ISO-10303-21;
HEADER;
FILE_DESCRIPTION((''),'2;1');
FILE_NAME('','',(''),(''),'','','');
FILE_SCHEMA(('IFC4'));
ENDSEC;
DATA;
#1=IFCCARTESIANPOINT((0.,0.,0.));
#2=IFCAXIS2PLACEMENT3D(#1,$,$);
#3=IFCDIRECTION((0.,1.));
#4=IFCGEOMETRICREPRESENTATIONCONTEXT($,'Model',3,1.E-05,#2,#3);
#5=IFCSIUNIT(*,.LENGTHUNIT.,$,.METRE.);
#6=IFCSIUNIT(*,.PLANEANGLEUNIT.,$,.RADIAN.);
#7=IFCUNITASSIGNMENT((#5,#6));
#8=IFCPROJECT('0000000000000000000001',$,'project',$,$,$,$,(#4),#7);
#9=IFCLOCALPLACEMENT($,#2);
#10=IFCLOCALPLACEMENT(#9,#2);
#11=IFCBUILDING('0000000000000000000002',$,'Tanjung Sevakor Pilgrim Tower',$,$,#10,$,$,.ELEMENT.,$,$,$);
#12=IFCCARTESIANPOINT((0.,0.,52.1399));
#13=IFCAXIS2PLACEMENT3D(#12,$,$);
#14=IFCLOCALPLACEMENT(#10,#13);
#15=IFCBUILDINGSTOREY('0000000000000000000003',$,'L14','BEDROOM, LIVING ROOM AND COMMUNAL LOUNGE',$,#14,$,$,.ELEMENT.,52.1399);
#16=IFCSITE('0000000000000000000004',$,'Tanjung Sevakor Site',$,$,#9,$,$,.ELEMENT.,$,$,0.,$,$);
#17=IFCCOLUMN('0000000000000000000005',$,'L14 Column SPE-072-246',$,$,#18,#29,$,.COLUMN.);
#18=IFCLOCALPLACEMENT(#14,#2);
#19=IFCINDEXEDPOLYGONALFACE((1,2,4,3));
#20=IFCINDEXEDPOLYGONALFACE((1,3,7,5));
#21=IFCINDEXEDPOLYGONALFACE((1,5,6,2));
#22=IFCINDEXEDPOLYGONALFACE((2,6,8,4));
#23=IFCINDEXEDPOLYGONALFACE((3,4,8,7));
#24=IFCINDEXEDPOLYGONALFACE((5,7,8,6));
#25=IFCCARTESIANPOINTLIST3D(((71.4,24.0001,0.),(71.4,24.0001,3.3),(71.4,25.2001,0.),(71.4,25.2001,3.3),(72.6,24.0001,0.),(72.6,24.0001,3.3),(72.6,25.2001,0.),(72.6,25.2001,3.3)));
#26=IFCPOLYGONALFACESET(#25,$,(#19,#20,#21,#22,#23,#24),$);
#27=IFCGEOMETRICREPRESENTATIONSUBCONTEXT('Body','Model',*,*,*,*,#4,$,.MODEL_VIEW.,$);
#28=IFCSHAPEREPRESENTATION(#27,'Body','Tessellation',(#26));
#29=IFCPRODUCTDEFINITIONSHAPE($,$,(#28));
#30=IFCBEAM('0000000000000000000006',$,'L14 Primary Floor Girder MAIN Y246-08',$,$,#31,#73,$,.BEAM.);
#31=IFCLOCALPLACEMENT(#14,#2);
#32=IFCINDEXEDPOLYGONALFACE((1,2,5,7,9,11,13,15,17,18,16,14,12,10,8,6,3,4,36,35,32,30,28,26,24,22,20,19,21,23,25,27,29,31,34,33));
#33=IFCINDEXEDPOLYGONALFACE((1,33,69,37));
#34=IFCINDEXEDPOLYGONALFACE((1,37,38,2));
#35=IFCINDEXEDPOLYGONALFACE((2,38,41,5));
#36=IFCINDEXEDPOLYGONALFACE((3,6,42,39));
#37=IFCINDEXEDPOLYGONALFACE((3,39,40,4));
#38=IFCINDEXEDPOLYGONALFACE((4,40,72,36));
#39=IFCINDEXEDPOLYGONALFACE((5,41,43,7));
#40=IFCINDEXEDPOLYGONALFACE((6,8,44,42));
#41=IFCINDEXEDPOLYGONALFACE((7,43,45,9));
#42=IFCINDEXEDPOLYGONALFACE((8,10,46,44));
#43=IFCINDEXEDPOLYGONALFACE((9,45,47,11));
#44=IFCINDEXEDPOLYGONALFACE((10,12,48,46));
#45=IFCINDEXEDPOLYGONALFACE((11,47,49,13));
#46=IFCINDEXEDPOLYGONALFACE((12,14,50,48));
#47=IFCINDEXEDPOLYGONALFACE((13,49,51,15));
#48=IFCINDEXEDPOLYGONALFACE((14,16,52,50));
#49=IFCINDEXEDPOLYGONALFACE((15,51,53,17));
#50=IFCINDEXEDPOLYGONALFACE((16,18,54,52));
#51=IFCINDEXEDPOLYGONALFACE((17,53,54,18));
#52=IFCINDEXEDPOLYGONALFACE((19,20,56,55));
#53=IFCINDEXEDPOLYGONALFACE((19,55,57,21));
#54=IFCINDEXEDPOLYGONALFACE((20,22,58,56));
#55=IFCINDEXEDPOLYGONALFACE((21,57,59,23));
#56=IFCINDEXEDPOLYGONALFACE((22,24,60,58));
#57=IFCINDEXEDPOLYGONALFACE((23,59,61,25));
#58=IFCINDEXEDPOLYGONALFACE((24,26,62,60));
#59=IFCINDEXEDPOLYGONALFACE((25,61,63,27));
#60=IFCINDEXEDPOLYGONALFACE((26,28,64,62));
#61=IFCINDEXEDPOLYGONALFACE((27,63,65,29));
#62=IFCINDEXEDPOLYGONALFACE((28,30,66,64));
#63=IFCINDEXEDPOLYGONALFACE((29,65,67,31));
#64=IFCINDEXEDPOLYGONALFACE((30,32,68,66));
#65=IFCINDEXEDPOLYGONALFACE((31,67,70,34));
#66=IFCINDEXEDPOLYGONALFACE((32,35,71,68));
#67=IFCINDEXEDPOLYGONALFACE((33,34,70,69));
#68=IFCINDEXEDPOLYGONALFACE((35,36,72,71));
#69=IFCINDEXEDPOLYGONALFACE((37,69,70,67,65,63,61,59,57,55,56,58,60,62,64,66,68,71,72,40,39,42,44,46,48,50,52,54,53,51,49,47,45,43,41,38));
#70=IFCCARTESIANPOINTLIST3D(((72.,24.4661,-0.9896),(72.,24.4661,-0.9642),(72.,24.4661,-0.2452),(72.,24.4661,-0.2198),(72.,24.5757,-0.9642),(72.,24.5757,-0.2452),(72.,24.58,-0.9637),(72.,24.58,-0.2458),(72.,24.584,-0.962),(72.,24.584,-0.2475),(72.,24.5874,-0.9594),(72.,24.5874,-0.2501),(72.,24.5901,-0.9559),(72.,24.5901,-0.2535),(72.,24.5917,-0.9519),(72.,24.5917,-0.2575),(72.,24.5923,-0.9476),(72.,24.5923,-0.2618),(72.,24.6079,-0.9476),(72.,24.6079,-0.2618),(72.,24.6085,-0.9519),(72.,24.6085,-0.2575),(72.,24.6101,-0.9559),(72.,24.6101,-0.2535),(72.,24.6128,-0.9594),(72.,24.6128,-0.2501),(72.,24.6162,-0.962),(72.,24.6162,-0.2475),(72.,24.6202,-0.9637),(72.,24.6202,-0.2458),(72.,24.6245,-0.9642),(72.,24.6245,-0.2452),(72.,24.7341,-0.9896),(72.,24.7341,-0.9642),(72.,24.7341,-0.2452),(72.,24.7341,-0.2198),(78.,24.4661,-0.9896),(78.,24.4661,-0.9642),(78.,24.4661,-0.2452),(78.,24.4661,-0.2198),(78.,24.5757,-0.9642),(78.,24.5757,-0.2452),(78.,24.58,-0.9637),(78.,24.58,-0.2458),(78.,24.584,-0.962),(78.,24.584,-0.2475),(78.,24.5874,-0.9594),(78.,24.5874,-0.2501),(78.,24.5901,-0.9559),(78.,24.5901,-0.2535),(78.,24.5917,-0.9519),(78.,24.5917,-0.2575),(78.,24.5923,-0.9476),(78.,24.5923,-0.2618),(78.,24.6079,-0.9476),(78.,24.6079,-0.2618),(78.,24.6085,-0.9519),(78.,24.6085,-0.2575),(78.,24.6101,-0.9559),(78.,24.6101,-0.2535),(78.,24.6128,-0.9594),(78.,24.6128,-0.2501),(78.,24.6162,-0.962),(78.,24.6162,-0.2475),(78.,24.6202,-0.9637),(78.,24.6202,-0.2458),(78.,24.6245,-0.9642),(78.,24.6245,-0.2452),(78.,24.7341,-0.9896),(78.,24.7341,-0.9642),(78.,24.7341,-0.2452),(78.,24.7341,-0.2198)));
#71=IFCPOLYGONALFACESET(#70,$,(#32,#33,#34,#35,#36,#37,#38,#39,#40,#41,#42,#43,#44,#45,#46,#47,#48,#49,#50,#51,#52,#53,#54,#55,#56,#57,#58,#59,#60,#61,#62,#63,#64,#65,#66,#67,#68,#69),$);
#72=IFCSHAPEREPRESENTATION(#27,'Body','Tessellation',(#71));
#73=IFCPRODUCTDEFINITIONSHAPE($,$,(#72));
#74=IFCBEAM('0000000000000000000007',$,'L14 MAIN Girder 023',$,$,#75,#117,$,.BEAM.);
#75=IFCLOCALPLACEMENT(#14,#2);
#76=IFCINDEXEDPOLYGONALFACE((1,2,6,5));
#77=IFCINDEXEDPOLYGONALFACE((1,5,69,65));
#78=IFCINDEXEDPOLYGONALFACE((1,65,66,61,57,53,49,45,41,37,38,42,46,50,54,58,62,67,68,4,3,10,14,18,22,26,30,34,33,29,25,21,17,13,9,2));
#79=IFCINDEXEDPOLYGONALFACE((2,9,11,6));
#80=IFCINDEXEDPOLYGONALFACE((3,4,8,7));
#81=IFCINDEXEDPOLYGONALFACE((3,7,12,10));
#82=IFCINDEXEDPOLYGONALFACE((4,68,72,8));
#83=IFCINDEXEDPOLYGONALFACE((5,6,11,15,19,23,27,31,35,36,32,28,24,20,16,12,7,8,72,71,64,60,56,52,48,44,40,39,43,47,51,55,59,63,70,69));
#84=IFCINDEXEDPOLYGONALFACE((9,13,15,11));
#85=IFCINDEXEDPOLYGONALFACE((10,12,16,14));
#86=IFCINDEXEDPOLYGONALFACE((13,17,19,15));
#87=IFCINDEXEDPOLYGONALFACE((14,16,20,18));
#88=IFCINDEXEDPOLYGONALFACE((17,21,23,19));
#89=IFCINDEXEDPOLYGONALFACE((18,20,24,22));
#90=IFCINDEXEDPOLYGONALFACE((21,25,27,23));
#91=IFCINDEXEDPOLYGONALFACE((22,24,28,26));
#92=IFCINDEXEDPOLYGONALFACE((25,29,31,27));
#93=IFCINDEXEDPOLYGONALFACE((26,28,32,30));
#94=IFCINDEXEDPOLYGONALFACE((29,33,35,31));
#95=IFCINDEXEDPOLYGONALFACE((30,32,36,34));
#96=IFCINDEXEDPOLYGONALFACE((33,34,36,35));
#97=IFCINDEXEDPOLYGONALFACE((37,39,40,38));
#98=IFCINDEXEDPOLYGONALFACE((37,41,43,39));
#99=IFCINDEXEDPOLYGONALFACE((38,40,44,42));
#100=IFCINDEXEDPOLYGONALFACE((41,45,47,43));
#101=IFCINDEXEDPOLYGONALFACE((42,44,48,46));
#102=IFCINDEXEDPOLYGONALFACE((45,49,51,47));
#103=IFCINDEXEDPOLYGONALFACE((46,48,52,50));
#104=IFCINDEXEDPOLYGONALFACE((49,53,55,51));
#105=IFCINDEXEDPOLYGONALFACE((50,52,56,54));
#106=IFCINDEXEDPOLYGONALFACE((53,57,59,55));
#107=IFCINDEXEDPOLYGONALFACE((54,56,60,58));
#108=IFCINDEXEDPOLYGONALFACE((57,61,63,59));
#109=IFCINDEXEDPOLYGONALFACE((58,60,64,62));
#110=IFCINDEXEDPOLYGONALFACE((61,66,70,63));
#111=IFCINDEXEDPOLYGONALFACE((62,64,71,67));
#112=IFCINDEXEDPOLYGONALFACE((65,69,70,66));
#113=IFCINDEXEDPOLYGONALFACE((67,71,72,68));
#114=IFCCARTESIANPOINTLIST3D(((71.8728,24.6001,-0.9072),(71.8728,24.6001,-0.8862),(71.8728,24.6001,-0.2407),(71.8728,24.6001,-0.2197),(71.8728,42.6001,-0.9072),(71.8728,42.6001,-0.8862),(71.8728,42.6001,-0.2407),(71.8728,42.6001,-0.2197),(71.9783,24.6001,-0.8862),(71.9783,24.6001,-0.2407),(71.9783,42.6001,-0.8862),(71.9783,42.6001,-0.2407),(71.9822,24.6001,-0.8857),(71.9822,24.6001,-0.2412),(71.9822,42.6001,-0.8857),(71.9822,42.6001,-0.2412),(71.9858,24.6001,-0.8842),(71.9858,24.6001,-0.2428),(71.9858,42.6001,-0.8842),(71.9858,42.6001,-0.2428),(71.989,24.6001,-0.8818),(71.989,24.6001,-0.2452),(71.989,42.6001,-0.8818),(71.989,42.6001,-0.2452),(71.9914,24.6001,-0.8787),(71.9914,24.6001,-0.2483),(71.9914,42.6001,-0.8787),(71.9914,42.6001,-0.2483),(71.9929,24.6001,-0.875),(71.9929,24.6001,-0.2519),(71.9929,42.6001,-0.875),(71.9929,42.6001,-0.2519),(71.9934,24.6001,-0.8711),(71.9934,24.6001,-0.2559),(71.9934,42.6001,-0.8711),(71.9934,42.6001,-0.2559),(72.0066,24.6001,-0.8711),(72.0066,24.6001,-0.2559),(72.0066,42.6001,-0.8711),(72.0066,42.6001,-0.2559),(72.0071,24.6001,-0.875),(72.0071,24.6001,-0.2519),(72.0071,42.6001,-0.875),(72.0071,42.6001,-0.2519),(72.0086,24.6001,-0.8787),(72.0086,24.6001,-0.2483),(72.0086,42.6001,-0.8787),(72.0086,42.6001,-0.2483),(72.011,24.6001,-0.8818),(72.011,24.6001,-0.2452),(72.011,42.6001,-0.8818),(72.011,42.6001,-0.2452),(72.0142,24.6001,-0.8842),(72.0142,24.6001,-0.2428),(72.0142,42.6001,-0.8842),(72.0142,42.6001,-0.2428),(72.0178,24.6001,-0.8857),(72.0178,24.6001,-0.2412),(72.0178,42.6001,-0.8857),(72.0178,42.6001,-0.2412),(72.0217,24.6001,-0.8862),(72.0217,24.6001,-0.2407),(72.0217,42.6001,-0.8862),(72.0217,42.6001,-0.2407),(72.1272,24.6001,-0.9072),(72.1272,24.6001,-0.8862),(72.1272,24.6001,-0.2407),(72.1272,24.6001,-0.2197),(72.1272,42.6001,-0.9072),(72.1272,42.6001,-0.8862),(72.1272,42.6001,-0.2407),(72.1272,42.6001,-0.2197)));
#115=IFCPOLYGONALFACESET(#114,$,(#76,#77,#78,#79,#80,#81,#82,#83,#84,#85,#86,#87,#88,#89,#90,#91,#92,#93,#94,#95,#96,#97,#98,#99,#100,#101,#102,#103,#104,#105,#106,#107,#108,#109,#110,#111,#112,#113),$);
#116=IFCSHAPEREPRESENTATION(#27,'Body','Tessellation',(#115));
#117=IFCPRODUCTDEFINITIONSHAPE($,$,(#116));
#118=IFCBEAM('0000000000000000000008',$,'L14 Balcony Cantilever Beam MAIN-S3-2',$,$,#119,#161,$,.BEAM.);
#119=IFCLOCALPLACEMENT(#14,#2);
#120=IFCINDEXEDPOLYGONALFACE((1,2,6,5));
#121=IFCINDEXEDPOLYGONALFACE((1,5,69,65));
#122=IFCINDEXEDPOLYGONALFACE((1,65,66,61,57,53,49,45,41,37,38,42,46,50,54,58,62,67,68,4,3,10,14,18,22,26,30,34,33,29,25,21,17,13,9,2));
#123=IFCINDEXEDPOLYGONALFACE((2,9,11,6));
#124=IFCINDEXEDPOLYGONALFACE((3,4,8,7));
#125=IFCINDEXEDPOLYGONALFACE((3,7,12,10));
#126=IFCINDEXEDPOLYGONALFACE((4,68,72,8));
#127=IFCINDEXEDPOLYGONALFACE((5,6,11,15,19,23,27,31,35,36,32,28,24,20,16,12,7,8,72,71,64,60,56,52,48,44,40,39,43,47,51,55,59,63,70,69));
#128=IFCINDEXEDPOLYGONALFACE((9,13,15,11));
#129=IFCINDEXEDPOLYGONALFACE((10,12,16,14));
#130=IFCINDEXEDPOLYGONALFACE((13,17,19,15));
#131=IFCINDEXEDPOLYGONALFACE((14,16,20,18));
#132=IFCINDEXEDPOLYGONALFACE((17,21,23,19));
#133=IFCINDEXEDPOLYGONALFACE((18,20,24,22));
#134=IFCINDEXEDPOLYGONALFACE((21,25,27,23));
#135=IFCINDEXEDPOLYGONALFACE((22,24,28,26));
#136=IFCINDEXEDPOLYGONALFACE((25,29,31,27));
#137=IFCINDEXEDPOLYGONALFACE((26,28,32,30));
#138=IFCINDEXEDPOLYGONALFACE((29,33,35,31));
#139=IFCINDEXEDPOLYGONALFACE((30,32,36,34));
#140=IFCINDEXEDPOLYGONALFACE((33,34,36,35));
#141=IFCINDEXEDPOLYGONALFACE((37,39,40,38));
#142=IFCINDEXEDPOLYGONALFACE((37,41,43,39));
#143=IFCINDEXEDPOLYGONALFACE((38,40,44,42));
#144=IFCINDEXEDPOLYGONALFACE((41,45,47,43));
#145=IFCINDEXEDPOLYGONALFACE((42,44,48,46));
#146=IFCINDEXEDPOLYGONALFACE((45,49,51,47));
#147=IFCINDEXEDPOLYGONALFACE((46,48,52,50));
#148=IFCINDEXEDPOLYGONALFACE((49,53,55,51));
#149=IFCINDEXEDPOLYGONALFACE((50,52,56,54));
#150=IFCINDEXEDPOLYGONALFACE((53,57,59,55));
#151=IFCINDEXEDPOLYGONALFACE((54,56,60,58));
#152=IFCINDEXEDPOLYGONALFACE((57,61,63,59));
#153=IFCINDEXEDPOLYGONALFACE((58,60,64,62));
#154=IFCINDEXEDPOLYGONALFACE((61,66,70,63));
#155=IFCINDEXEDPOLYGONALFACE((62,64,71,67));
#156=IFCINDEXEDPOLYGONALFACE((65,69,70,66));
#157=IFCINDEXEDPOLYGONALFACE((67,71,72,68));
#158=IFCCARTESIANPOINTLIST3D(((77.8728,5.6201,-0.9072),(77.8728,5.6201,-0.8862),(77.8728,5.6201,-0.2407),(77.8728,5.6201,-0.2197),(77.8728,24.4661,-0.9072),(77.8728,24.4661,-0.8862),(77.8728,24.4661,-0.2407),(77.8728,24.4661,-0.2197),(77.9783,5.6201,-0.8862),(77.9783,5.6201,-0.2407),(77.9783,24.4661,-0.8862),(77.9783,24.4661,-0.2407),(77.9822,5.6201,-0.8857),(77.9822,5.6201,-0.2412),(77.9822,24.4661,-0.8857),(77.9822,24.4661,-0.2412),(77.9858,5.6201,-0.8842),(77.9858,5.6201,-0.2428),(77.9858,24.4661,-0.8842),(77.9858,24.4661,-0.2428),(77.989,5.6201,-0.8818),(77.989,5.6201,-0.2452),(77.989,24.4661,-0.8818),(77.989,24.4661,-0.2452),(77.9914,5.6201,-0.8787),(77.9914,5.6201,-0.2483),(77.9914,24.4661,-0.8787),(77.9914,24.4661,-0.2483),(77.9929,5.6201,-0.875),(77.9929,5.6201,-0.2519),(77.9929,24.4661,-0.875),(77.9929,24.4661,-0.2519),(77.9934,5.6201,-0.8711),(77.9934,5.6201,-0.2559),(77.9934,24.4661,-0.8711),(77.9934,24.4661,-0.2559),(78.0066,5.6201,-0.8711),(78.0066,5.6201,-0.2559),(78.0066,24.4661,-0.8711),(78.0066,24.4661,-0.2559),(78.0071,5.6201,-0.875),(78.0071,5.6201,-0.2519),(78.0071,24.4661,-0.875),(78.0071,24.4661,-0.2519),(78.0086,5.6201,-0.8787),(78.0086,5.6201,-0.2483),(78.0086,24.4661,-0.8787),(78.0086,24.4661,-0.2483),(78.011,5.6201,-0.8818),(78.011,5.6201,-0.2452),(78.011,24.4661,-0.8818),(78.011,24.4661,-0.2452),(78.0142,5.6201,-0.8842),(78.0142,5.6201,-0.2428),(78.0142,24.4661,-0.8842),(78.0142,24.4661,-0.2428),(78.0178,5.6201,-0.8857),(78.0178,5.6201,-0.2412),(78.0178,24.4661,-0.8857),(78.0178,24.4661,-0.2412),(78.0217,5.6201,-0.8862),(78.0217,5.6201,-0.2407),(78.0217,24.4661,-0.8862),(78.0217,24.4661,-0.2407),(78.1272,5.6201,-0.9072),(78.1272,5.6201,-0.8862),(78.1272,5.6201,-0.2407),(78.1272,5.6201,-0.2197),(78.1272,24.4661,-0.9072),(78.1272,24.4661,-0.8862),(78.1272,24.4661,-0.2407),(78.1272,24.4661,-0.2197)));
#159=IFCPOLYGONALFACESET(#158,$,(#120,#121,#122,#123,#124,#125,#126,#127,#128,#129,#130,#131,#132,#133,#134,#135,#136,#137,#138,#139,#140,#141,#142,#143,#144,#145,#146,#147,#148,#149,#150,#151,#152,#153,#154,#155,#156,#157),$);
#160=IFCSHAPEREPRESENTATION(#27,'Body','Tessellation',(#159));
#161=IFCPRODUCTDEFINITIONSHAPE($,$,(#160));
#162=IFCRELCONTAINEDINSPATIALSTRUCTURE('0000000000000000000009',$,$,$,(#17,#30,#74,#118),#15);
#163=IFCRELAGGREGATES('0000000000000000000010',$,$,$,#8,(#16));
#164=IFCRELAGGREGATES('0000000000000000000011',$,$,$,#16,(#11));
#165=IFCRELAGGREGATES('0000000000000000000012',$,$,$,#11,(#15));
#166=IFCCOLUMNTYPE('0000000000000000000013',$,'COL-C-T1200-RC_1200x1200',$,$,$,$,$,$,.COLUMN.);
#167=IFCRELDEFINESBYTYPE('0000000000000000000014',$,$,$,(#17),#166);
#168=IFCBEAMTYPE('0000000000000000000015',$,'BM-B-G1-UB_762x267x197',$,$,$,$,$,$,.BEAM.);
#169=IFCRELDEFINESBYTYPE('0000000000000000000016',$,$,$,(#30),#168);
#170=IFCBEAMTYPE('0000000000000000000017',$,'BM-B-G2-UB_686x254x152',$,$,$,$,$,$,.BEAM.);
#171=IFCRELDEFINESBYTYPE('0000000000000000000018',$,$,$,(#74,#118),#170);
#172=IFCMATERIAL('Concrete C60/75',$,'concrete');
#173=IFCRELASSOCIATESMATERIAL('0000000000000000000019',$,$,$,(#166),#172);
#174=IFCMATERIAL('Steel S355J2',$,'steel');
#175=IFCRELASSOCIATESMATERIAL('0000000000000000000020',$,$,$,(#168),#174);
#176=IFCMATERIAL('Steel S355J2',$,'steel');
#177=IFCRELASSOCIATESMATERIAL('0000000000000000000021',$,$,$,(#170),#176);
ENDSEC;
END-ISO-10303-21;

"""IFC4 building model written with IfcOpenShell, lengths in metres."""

from ifc_helpers import new_model, si_unit, direction, frame, origin, origin_2d, place, context, subcontext, project, spatial, rectangle, i_section, extrude, material, material_profile, profile_set, type_object, element, save


model = new_model("IFC4")

# Units and contexts
model_context = context("Model", 3, precision=1e-05, world=origin(), true_north=direction((0.0, 1.0)))
body_context = subcontext(model_context, "Body", "Model", "MODEL_VIEW")
ifc_project = project(units=[si_unit("LENGTHUNIT", "METRE"), si_unit("PLANEANGLEUNIT", "RADIAN")], contexts=[model_context])

# Site, building, storey
site_placement = place(None, origin())
site = spatial("IfcSite", under=ifc_project, at=site_placement, Name="Tanjung Sevakor Site", CompositionType="ELEMENT", RefElevation=0.0)
building_placement = place(site_placement, origin())
building = spatial("IfcBuilding", under=site, at=building_placement, Name="Tanjung Sevakor Pilgrim Tower", CompositionType="ELEMENT")
storey_placement = place(building_placement, frame((0.0, 0.0, 52.1399)))
storey = spatial("IfcBuildingStorey", under=building, at=storey_placement, Name="L14", Description="BEDROOM, LIVING ROOM AND COMMUNAL LOUNGE", CompositionType="ELEMENT", Elevation=52.1399)

# Column
ifc_material_1 = material(Name="Concrete C60/75", Category="concrete")
ifc_material_profile_1 = material_profile(ifc_material_1, rectangle(XDim=1.2, YDim=1.2, at=origin_2d()))
ifc_profile_set_1 = profile_set([ifc_material_profile_1], Name="Concrete C60/75")
column_type = type_object("IfcColumnType", Name="COL-C-T1200-RC_1200x1200", PredefinedType="COLUMN", material=ifc_profile_set_1)
column_placement = place(storey_placement, frame((72.0, 24.6001, 0.0), z_axis=(0.0, 0.0, 1.0), x_axis=(1.0, 0.0, 0.0)))
element("IfcColumn", 1, at=column_placement, inside=storey, type_object=column_type, Name="L14 Column SPE-072-246", PredefinedType="COLUMN", context=body_context, shape_type="SweptSolid", body=[
    extrude(rectangle(XDim=1.2, YDim=1.2, at=origin_2d()), origin(), (0.0, 0.0, 1.0), 3.3),
])

# Beams
ifc_material_2 = material(Name="Steel S355J2", Category="steel")
ifc_material_profile_2 = material_profile(ifc_material_2, i_section(OverallWidth=0.2681, OverallDepth=0.7698, WebThickness=0.0156, FlangeThickness=0.0254, FilletRadius=0.0166, at=origin_2d()))
ifc_profile_set_2 = profile_set([ifc_material_profile_2], Name="Steel S355J2")
beam_type_1 = type_object("IfcBeamType", Name="BM-B-G1-UB_762x267x197", PredefinedType="BEAM", material=ifc_profile_set_2)
beam_1_placement = place(storey_placement, frame((72.0, 24.6001, -0.6047), z_axis=(1.0, 0.0, 0.0), x_axis=(0.0, 1.0, 0.0)))
element("IfcBeam", 2, at=beam_1_placement, inside=storey, type_object=beam_type_1, Name="L14 Primary Floor Girder MAIN Y246-08", PredefinedType="BEAM", context=body_context, shape_type="SweptSolid", body=[
    extrude(i_section(OverallWidth=0.2681, OverallDepth=0.7698, WebThickness=0.0156, FlangeThickness=0.0254, FilletRadius=0.0166, at=origin_2d()), origin(), (0.0, 0.0, 1.0), 6.0),
])
ifc_material_3 = material(Name="Steel S355J2", Category="steel")
ifc_material_profile_3 = material_profile(ifc_material_3, i_section(OverallWidth=0.2544, OverallDepth=0.6875, WebThickness=0.0132, FlangeThickness=0.021, FilletRadius=0.0151, at=origin_2d()))
ifc_profile_set_3 = profile_set([ifc_material_profile_3], Name="Steel S355J2")
beam_type_2 = type_object("IfcBeamType", Name="BM-B-G2-UB_686x254x152", PredefinedType="BEAM", material=ifc_profile_set_3)
beam_2_placement = place(storey_placement, frame((72.0, 24.6001, -0.5635), z_axis=(0.0, 1.0, 0.0), x_axis=(-1.0, 0.0, 0.0)))
element("IfcBeam", 3, at=beam_2_placement, inside=storey, type_object=beam_type_2, Name="L14 MAIN Girder 023", PredefinedType="BEAM", context=body_context, shape_type="SweptSolid", body=[
    extrude(i_section(OverallWidth=0.2544, OverallDepth=0.6875, WebThickness=0.0132, FlangeThickness=0.021, FilletRadius=0.0151, at=origin_2d()), origin(), (0.0, 0.0, 1.0), 18.0),
])
beam_3_placement = place(storey_placement, frame((78.0, 24.4661, -0.5635), z_axis=(0.0, -1.0, 0.0), x_axis=(1.0, 0.0, 0.0)))
element("IfcBeam", 4, at=beam_3_placement, inside=storey, type_object=beam_type_2, Name="L14 Balcony Cantilever Beam MAIN-S3-2", PredefinedType="BEAM", context=body_context, shape_type="SweptSolid", body=[
    extrude(i_section(OverallWidth=0.2544, OverallDepth=0.6875, WebThickness=0.0132, FlangeThickness=0.021, FilletRadius=0.0151, at=origin_2d()), origin(), (0.0, 0.0, 1.0), 18.8459),
])

save(model, "model.ifc")
